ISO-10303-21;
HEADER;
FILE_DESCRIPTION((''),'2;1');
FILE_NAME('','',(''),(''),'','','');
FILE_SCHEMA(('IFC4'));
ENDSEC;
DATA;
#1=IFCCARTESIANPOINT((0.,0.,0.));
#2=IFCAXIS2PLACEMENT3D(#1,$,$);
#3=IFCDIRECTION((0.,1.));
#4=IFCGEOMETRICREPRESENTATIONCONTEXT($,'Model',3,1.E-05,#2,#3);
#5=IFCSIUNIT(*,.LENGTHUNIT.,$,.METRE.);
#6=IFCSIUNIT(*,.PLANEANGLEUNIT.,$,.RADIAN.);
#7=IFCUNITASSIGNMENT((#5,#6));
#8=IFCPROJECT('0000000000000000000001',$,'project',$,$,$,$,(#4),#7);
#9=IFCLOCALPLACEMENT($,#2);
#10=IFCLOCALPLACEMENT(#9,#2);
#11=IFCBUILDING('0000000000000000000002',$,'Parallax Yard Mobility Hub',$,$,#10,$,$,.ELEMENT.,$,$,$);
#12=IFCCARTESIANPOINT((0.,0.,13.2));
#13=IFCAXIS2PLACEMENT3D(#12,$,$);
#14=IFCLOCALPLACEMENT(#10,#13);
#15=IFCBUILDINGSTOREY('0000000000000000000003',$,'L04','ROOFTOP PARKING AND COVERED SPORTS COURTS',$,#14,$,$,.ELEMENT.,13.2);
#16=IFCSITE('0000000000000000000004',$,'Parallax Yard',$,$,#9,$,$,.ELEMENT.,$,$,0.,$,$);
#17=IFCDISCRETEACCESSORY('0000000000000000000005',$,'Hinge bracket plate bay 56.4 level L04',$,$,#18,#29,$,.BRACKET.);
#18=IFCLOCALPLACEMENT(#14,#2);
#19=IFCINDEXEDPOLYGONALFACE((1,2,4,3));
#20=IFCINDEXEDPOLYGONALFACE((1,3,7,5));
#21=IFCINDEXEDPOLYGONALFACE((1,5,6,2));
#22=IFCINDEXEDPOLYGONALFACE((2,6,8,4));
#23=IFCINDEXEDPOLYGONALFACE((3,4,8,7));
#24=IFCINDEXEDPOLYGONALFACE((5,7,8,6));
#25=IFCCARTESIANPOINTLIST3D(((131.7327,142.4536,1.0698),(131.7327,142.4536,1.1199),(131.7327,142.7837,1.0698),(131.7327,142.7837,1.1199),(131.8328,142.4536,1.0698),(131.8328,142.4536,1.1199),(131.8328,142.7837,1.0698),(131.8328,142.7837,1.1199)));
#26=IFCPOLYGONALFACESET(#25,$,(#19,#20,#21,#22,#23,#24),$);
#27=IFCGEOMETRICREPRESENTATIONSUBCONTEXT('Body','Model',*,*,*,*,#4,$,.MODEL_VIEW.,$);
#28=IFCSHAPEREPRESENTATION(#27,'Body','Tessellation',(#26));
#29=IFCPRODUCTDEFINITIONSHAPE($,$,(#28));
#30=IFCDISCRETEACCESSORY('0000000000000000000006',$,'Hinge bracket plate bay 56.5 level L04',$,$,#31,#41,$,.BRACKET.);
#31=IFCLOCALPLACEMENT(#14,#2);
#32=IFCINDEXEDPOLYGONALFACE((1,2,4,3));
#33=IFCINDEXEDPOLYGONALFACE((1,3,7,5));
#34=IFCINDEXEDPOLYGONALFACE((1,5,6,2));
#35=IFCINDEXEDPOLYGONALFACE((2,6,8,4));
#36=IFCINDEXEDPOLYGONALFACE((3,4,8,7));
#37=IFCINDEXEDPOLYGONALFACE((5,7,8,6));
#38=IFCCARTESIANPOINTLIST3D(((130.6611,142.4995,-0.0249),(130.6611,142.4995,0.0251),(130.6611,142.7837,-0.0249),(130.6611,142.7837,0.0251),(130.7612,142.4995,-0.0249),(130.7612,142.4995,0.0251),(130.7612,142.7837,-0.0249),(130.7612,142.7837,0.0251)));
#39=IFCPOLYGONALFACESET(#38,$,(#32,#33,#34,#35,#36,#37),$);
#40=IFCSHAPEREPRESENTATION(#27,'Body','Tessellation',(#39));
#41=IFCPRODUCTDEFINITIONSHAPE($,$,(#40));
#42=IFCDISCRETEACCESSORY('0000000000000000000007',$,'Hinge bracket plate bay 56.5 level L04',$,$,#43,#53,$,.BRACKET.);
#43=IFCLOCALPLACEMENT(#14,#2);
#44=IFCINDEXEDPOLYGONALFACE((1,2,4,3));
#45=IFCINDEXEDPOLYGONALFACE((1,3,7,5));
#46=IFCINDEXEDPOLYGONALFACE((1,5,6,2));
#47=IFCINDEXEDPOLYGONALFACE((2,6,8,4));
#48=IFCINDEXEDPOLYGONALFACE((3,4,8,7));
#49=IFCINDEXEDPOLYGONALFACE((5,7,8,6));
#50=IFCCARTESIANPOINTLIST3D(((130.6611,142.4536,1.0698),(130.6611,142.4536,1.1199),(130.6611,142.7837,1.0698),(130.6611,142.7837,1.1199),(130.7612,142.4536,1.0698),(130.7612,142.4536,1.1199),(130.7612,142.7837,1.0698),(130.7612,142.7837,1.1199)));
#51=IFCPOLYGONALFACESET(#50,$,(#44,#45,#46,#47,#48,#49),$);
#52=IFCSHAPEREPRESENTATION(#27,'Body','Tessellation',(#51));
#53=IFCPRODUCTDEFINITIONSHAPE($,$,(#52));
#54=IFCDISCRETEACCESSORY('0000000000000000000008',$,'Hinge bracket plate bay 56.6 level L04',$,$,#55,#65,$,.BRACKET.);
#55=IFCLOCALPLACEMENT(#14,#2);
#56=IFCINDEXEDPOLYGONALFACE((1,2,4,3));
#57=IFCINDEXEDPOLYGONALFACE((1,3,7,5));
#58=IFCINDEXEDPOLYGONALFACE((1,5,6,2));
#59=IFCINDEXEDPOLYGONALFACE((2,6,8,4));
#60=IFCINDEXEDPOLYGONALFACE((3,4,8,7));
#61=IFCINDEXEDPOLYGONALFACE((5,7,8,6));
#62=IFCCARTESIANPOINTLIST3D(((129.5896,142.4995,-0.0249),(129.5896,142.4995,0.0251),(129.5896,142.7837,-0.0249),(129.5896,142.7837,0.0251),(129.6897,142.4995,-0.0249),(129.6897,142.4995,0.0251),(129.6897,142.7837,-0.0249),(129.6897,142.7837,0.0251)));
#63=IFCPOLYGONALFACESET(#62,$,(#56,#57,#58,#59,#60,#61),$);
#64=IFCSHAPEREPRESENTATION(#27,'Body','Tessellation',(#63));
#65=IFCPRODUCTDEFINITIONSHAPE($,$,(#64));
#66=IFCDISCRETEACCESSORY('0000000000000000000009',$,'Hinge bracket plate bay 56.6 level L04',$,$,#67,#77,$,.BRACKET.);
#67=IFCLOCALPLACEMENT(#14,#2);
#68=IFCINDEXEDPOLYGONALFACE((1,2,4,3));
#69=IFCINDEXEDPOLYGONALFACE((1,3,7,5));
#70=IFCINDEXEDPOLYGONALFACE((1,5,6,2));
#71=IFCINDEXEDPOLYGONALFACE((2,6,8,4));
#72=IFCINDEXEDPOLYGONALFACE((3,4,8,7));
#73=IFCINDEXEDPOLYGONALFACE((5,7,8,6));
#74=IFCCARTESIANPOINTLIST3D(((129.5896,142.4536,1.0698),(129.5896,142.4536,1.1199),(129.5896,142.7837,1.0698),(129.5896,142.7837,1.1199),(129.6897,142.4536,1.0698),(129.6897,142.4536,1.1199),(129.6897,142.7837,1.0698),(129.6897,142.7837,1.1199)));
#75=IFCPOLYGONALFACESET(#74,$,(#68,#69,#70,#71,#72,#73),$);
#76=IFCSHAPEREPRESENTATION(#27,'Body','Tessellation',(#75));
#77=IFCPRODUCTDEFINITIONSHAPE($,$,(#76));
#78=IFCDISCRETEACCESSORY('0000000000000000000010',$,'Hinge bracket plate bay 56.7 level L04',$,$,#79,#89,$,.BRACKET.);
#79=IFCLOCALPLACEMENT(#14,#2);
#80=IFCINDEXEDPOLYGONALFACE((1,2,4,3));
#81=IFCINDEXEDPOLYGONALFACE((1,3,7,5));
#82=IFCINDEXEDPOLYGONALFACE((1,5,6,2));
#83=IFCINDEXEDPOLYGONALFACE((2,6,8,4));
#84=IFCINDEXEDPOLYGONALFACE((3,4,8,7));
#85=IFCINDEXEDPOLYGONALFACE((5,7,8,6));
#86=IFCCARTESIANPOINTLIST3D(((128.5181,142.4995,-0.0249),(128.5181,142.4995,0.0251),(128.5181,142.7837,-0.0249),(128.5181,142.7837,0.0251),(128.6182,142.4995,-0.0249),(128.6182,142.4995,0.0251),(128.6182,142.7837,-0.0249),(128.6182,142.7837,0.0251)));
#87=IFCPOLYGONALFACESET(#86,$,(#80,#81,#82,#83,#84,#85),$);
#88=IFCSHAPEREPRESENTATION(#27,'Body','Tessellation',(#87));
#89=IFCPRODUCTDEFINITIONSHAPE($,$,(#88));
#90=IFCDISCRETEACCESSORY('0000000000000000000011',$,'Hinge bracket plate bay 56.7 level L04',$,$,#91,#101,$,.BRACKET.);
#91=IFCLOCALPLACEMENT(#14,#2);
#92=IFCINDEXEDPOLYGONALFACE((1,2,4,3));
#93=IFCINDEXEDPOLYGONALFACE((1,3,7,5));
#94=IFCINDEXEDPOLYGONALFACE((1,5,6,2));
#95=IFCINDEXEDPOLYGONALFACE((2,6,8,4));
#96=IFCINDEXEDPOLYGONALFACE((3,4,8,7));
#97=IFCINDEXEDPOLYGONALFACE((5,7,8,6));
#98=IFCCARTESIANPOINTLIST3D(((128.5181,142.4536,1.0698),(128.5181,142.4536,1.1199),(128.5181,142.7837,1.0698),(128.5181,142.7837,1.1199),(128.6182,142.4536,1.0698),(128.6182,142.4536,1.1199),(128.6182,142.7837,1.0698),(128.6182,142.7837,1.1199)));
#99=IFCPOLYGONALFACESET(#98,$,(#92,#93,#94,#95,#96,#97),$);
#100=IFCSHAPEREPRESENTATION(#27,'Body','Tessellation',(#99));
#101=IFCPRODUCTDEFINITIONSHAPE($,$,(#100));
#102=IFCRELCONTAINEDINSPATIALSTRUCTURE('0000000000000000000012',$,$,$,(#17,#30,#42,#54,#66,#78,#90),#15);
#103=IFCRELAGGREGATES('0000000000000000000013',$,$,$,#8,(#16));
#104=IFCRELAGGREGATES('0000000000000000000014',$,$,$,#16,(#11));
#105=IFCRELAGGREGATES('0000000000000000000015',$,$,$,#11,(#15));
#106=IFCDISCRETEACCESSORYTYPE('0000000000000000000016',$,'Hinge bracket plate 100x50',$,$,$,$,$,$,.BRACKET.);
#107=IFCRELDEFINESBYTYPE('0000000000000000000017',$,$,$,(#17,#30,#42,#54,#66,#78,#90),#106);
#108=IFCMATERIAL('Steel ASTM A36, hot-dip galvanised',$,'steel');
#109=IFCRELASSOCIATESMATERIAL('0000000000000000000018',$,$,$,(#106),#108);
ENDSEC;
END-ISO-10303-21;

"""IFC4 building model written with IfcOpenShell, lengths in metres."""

from ifc_helpers import new_model, si_unit, direction, frame, origin, origin_2d, place, context, subcontext, project, spatial, rectangle, extrude, material, type_object, element, save


model = new_model("IFC4")

# Units and contexts
model_context = context("Model", 3, precision=1e-05, world=origin(), true_north=direction((0.0, 1.0)))
body_context = subcontext(model_context, "Body", "Model", "MODEL_VIEW")
ifc_project = project(units=[si_unit("LENGTHUNIT", "METRE"), si_unit("PLANEANGLEUNIT", "RADIAN")], contexts=[model_context])

# Site, building, storey
site_placement = place(None, origin())
site = spatial("IfcSite", under=ifc_project, at=site_placement, Name="Parallax Yard", CompositionType="ELEMENT", RefElevation=0.0)
building_placement = place(site_placement, origin())
building = spatial("IfcBuilding", under=site, at=building_placement, Name="Parallax Yard Mobility Hub", CompositionType="ELEMENT")
storey_placement = place(building_placement, frame((0.0, 0.0, 13.2)))
storey = spatial("IfcBuildingStorey", under=building, at=storey_placement, Name="L04", Description="ROOFTOP PARKING AND COVERED SPORTS COURTS", CompositionType="ELEMENT", Elevation=13.2)

# Discrete accessories
ifc_material_1 = material(Name="Steel ASTM A36, hot-dip galvanised", Category="steel")
discrete_accessory_type = type_object("IfcDiscreteAccessoryType", Name="Hinge bracket plate 100x50", PredefinedType="BRACKET", material=ifc_material_1)
discrete_accessory_1_placement = place(storey_placement, frame((131.7827, 142.6187, 1.0698), z_axis=(0.0, 0.0, 1.0), x_axis=(0.0, 1.0, 0.0)))
element("IfcDiscreteAccessory", 1, at=discrete_accessory_1_placement, inside=storey, type_object=discrete_accessory_type, Name="Hinge bracket plate bay 56.4 level L04", PredefinedType="BRACKET", context=body_context, shape_type="SweptSolid", body=[
    extrude(rectangle(XDim=0.3301, YDim=0.1001, at=origin_2d()), origin(), (0.0, 0.0, 1.0), 0.05),
])
discrete_accessory_2_placement = place(storey_placement, frame((130.7112, 142.6416, -0.0249), z_axis=(0.0, 0.0, 1.0), x_axis=(0.0, 1.0, 0.0)))
element("IfcDiscreteAccessory", 2, at=discrete_accessory_2_placement, inside=storey, type_object=discrete_accessory_type, Name="Hinge bracket plate bay 56.5 level L04", PredefinedType="BRACKET", context=body_context, shape_type="SweptSolid", body=[
    extrude(rectangle(XDim=0.2842, YDim=0.1001, at=origin_2d()), origin(), (0.0, 0.0, 1.0), 0.05),
])
discrete_accessory_3_placement = place(storey_placement, frame((130.7112, 142.6187, 1.0698), z_axis=(0.0, 0.0, 1.0), x_axis=(0.0, 1.0, 0.0)))
element("IfcDiscreteAccessory", 3, at=discrete_accessory_3_placement, inside=storey, type_object=discrete_accessory_type, Name="Hinge bracket plate bay 56.5 level L04", PredefinedType="BRACKET", context=body_context, shape_type="SweptSolid", body=[
    extrude(rectangle(XDim=0.3301, YDim=0.1001, at=origin_2d()), origin(), (0.0, 0.0, 1.0), 0.05),
])
discrete_accessory_4_placement = place(storey_placement, frame((129.6396, 142.6416, -0.0249), z_axis=(0.0, 0.0, 1.0), x_axis=(0.0, 1.0, 0.0)))
element("IfcDiscreteAccessory", 4, at=discrete_accessory_4_placement, inside=storey, type_object=discrete_accessory_type, Name="Hinge bracket plate bay 56.6 level L04", PredefinedType="BRACKET", context=body_context, shape_type="SweptSolid", body=[
    extrude(rectangle(XDim=0.2842, YDim=0.1001, at=origin_2d()), origin(), (0.0, 0.0, 1.0), 0.05),
])
discrete_accessory_5_placement = place(storey_placement, frame((129.6396, 142.6187, 1.0698), z_axis=(0.0, 0.0, 1.0), x_axis=(0.0, 1.0, 0.0)))
element("IfcDiscreteAccessory", 5, at=discrete_accessory_5_placement, inside=storey, type_object=discrete_accessory_type, Name="Hinge bracket plate bay 56.6 level L04", PredefinedType="BRACKET", context=body_context, shape_type="SweptSolid", body=[
    extrude(rectangle(XDim=0.3301, YDim=0.1001, at=origin_2d()), origin(), (0.0, 0.0, 1.0), 0.05),
])
discrete_accessory_6_placement = place(storey_placement, frame((128.5681, 142.6416, -0.0249), z_axis=(0.0, 0.0, 1.0), x_axis=(0.0, 1.0, 0.0)))
element("IfcDiscreteAccessory", 6, at=discrete_accessory_6_placement, inside=storey, type_object=discrete_accessory_type, Name="Hinge bracket plate bay 56.7 level L04", PredefinedType="BRACKET", context=body_context, shape_type="SweptSolid", body=[
    extrude(rectangle(XDim=0.2842, YDim=0.1001, at=origin_2d()), origin(), (0.0, 0.0, 1.0), 0.05),
])
discrete_accessory_7_placement = place(storey_placement, frame((128.5681, 142.6187, 1.0698), z_axis=(0.0, 0.0, 1.0), x_axis=(0.0, 1.0, 0.0)))
element("IfcDiscreteAccessory", 7, at=discrete_accessory_7_placement, inside=storey, type_object=discrete_accessory_type, Name="Hinge bracket plate bay 56.7 level L04", PredefinedType="BRACKET", context=body_context, shape_type="SweptSolid", body=[
    extrude(rectangle(XDim=0.3301, YDim=0.1001, at=origin_2d()), origin(), (0.0, 0.0, 1.0), 0.05),
])

save(model, "model.ifc")
